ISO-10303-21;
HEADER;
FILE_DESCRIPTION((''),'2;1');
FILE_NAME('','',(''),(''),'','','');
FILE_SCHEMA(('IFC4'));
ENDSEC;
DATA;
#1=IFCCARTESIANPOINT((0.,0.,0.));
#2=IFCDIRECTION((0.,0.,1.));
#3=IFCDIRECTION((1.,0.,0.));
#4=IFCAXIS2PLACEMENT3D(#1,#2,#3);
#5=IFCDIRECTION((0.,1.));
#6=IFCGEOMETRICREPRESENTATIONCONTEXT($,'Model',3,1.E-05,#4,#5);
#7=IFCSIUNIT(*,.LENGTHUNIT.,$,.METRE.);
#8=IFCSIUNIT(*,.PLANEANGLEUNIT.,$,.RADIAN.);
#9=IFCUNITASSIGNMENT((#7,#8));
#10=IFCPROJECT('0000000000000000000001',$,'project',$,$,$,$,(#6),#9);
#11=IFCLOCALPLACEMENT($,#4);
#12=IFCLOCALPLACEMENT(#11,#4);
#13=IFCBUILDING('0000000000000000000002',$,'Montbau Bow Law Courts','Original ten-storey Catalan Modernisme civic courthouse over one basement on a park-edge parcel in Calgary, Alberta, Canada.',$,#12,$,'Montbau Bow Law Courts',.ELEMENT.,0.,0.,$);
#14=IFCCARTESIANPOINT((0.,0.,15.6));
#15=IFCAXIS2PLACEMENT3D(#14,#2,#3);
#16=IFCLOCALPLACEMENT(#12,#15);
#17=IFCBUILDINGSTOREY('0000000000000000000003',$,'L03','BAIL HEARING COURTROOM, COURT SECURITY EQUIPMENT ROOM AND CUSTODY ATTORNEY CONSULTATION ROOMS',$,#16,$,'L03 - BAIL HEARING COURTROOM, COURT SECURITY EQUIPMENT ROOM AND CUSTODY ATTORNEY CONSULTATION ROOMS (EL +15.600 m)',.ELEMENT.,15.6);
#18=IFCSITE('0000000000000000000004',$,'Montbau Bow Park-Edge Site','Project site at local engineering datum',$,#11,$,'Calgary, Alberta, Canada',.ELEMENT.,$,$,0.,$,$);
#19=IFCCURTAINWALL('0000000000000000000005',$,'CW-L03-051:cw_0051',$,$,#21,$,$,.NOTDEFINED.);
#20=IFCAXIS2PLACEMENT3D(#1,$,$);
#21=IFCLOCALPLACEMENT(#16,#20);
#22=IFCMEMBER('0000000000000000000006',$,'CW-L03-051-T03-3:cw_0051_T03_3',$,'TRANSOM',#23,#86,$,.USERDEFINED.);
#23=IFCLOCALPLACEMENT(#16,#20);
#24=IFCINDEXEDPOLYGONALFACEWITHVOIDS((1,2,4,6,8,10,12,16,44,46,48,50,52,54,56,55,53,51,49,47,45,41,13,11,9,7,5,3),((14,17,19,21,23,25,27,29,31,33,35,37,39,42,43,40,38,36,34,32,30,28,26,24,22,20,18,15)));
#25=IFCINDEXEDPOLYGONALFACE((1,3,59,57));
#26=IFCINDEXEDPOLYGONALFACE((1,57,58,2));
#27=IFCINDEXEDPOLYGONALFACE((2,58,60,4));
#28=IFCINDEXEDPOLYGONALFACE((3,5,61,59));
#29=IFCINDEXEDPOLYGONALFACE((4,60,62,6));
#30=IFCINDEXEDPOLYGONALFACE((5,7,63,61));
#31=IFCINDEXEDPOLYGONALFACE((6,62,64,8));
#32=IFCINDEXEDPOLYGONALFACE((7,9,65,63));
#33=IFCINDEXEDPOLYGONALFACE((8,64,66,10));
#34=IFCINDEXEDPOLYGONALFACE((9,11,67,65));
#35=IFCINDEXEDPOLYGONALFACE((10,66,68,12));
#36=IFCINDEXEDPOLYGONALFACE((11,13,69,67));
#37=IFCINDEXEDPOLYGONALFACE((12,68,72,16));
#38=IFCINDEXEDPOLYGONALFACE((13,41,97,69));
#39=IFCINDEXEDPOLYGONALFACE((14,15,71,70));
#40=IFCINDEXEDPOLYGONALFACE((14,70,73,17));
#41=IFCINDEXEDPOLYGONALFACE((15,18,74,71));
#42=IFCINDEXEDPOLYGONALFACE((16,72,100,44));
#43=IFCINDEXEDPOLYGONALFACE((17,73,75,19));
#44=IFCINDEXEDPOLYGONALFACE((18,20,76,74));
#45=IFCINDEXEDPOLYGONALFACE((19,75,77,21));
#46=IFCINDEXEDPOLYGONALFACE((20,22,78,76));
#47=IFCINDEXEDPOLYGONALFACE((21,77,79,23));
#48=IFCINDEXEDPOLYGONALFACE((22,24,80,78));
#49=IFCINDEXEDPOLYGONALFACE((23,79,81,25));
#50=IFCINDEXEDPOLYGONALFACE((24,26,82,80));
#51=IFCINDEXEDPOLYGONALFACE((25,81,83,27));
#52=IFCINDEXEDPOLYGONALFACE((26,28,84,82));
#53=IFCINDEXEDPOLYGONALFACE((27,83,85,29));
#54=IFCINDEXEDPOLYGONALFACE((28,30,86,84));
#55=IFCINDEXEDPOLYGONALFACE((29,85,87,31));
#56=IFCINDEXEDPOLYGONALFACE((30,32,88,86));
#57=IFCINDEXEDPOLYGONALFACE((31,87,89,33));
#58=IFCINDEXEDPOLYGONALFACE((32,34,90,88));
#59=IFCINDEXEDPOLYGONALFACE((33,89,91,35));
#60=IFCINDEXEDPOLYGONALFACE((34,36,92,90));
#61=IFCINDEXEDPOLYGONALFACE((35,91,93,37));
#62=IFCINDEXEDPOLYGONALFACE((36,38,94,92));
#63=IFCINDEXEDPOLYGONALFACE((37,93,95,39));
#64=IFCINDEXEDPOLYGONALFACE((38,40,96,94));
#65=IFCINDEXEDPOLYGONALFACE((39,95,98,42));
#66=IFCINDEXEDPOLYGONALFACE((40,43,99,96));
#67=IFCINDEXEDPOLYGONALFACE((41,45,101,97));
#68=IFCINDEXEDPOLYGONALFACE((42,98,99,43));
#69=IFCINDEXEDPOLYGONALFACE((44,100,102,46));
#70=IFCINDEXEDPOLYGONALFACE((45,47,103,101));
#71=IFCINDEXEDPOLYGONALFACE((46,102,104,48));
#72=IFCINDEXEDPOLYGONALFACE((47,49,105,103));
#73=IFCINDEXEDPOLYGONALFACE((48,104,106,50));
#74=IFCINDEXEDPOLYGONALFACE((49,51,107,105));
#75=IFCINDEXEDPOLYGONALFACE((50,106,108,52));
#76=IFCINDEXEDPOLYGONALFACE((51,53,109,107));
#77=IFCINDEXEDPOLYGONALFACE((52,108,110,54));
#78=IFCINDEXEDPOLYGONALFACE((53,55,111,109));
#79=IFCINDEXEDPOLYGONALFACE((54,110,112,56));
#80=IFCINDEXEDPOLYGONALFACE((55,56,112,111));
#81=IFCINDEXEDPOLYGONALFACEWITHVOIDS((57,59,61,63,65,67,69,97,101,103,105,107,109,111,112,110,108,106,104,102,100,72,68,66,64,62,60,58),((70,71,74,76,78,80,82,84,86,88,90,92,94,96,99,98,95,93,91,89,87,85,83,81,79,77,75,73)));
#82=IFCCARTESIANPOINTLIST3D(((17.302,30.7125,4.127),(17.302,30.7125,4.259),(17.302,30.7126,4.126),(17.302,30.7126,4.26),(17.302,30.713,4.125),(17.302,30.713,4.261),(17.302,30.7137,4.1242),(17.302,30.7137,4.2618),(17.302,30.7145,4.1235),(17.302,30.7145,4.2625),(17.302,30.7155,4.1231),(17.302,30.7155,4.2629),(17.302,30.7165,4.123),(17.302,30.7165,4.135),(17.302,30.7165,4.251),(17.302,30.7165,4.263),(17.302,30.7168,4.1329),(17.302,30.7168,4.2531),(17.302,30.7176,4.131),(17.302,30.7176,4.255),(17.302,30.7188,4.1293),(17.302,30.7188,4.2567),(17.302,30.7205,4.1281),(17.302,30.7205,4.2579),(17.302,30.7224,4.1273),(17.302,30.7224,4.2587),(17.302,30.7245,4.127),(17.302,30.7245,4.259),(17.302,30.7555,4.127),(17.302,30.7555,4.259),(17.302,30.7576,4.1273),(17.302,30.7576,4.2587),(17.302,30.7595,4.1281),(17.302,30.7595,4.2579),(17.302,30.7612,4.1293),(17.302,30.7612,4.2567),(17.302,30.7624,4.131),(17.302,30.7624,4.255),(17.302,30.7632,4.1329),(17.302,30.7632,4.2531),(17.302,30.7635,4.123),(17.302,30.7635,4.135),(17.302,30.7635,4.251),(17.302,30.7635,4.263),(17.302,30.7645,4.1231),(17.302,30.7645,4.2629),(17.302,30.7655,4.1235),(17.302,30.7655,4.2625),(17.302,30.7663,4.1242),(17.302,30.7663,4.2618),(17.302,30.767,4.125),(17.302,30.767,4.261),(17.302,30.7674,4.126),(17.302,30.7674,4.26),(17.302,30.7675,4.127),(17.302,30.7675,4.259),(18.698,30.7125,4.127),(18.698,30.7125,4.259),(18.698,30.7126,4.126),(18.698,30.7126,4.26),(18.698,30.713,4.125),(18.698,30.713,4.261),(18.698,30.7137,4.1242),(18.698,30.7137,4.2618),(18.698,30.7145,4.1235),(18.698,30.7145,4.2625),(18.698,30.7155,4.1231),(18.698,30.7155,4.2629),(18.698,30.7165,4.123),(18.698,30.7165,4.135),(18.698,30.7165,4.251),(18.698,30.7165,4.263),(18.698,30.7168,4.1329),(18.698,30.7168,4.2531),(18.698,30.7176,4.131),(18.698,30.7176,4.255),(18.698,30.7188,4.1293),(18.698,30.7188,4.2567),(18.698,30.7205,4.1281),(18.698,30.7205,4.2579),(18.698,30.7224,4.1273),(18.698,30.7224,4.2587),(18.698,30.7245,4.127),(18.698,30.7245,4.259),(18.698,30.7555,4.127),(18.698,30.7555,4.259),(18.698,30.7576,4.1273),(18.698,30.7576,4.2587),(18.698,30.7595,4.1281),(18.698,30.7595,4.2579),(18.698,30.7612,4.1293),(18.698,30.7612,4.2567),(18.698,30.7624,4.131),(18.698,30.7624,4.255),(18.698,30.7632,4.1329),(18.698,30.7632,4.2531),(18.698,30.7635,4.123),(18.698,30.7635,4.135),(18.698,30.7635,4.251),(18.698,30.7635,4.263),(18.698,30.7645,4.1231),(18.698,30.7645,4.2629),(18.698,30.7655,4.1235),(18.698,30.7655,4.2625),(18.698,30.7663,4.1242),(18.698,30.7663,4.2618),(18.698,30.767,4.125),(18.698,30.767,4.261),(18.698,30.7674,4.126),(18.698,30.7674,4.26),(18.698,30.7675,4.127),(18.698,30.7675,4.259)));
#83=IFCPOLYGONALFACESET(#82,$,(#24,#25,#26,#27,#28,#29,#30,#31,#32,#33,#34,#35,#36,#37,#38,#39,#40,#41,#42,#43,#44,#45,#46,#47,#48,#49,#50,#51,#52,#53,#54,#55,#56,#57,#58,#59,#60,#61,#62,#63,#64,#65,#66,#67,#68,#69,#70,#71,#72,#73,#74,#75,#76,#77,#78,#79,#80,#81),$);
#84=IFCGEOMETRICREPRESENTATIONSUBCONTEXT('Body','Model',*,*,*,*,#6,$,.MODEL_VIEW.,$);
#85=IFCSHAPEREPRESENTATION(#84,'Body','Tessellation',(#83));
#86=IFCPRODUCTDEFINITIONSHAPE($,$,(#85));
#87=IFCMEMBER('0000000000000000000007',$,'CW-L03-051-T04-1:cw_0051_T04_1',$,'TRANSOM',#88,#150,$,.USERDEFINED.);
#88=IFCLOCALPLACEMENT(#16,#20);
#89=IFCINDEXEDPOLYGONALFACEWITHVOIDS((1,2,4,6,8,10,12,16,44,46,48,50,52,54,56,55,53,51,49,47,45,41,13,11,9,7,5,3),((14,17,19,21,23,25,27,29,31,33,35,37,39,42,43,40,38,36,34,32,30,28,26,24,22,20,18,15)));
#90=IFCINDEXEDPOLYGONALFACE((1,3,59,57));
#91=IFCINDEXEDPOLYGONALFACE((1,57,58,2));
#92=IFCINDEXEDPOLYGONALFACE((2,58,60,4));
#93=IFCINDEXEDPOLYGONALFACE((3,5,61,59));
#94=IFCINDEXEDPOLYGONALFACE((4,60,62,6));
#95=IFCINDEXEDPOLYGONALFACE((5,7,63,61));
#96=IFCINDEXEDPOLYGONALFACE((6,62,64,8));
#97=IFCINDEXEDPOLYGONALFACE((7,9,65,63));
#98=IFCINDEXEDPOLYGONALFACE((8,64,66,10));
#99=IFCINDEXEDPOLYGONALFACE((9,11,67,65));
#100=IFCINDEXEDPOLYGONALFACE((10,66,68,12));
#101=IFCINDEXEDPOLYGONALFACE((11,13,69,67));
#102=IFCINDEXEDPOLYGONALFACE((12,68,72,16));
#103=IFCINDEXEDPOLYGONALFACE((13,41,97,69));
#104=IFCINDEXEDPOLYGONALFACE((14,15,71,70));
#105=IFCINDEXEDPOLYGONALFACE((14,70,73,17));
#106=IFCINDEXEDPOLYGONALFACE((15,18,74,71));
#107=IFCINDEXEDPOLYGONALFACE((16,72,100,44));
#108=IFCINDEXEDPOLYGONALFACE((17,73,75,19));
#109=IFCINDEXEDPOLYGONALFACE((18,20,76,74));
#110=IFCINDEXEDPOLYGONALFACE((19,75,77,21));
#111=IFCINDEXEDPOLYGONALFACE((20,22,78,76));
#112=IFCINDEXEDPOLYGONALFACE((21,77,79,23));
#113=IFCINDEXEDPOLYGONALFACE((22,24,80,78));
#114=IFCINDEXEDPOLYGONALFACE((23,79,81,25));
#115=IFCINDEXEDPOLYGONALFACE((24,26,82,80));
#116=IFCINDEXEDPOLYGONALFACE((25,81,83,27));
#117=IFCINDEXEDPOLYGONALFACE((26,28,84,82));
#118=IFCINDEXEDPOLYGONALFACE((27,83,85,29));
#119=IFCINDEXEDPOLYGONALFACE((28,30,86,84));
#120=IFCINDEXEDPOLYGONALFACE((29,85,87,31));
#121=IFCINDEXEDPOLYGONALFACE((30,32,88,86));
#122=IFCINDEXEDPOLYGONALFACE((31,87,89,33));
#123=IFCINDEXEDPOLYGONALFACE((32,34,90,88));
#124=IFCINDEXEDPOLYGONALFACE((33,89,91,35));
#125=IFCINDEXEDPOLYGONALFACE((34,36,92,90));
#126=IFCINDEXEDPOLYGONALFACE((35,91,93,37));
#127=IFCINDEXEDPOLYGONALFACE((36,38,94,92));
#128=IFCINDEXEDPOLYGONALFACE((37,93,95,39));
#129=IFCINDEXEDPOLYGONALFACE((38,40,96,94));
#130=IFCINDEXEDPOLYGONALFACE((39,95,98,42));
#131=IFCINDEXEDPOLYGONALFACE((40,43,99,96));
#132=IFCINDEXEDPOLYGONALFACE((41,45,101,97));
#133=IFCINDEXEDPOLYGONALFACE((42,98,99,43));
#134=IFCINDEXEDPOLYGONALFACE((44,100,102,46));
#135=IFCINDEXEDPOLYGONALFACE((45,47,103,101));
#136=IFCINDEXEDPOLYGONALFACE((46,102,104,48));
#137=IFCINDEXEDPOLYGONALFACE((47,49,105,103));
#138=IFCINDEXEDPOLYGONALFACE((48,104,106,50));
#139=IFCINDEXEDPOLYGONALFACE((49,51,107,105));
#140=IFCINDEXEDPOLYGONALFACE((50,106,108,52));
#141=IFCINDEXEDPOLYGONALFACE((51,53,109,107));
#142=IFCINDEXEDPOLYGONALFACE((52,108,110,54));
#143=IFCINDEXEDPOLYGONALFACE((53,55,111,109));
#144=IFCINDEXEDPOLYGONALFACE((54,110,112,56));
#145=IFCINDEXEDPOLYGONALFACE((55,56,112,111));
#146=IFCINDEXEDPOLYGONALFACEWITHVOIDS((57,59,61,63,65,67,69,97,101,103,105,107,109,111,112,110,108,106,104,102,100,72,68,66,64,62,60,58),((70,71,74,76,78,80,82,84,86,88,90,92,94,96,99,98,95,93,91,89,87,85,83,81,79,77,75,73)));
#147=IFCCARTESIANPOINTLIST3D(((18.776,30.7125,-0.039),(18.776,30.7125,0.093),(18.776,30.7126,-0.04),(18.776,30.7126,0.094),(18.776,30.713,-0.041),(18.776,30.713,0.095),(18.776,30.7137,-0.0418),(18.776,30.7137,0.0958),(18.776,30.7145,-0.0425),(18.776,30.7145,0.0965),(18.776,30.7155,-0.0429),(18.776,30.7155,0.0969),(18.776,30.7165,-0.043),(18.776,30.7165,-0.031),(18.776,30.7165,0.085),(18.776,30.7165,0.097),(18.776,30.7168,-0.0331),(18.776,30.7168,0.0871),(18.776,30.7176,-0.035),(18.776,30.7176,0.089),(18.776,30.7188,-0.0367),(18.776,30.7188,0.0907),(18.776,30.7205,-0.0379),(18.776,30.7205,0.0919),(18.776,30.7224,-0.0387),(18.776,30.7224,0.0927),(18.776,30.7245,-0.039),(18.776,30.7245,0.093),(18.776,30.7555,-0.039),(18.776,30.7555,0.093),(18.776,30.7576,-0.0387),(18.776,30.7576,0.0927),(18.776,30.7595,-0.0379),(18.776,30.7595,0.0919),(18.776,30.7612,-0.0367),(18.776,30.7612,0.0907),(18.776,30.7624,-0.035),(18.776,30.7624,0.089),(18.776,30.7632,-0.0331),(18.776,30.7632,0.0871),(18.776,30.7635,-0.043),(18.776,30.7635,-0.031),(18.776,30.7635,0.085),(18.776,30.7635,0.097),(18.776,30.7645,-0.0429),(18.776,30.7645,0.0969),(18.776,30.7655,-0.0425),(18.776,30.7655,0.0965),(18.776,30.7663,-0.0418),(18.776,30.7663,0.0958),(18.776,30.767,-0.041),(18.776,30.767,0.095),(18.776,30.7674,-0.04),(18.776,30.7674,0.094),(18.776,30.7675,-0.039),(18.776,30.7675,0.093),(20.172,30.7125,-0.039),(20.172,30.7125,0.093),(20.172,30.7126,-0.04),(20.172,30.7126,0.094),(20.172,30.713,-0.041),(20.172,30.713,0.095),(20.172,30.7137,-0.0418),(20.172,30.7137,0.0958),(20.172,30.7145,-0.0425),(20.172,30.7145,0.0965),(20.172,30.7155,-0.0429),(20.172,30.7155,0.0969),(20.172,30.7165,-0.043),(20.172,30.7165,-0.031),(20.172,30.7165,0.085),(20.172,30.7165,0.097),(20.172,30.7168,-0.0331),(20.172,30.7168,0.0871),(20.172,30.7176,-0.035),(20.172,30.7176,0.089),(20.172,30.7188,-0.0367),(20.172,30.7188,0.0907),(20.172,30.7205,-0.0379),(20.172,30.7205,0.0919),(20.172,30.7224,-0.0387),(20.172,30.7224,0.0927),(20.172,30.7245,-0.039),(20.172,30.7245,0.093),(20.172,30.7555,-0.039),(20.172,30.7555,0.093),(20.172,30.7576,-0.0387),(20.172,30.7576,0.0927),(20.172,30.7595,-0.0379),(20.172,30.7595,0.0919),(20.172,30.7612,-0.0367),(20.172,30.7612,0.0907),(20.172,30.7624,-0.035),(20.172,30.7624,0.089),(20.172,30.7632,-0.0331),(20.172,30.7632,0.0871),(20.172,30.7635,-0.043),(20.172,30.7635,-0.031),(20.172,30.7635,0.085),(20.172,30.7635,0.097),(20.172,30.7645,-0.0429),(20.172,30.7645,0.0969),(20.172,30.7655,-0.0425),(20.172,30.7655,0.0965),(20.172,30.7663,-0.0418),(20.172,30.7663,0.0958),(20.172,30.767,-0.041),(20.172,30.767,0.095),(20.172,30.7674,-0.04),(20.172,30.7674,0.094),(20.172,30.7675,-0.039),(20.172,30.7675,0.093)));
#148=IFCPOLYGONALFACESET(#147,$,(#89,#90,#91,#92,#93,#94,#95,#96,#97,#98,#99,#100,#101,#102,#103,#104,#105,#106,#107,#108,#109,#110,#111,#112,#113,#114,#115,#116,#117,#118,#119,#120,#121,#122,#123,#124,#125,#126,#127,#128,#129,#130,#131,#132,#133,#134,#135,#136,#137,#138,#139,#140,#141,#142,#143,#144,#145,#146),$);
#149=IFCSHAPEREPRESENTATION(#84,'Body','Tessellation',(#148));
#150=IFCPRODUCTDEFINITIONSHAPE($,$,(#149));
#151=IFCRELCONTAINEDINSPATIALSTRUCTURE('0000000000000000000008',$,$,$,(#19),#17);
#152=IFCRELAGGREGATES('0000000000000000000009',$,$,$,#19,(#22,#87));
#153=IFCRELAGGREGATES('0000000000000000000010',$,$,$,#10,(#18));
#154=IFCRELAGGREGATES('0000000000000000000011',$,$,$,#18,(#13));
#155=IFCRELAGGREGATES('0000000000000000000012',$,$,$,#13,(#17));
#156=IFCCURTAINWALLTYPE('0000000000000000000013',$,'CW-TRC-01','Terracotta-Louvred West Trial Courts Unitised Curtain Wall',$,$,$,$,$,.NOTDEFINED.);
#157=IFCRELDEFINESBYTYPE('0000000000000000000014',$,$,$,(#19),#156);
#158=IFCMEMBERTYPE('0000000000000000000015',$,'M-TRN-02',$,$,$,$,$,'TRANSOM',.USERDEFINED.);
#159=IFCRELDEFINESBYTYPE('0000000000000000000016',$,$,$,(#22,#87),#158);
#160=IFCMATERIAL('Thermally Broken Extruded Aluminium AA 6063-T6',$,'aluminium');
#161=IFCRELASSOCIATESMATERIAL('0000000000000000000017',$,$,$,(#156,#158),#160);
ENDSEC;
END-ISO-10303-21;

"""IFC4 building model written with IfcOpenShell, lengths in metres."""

from ifc_helpers import new_model, si_unit, direction, frame, origin_with_axes, origin_2d_with_axis, place, context, subcontext, project, spatial, hollow_rectangle, extrude, material, material_profile, profile_set, type_object, element, aggregate, save


model = new_model("IFC4")

# Units and contexts
model_context = context("Model", 3, precision=1e-05, world=origin_with_axes(), true_north=direction((0.0, 1.0)))
body_context = subcontext(model_context, "Body", "Model", "MODEL_VIEW")
ifc_project = project(units=[si_unit("LENGTHUNIT", "METRE"), si_unit("PLANEANGLEUNIT", "RADIAN")], contexts=[model_context])

# Site, building, storey
site_placement = place(None, origin_with_axes())
site = spatial("IfcSite", under=ifc_project, at=site_placement, Name="Montbau Bow Park-Edge Site", Description="Project site at local engineering datum", LongName="Calgary, Alberta, Canada", CompositionType="ELEMENT", RefElevation=0.0)
building_placement = place(site_placement, origin_with_axes())
building = spatial("IfcBuilding", under=site, at=building_placement, Name="Montbau Bow Law Courts", Description="Original ten-storey Catalan Modernisme civic courthouse over one basement on a park-edge parcel in Calgary, Alberta, Canada.", LongName="Montbau Bow Law Courts", CompositionType="ELEMENT", ElevationOfRefHeight=0.0, ElevationOfTerrain=0.0)
storey_placement = place(building_placement, frame((0.0, 0.0, 15.6), z_axis=(0.0, 0.0, 1.0), x_axis=(1.0, 0.0, 0.0)))
storey = spatial("IfcBuildingStorey", under=building, at=storey_placement, Name="L03", Description="BAIL HEARING COURTROOM, COURT SECURITY EQUIPMENT ROOM AND CUSTODY ATTORNEY CONSULTATION ROOMS", LongName="L03 - BAIL HEARING COURTROOM, COURT SECURITY EQUIPMENT ROOM AND CUSTODY ATTORNEY CONSULTATION ROOMS (EL +15.600 m)", CompositionType="ELEMENT", Elevation=15.6)

# Curtain wall
ifc_material_1 = material(Name="Thermally Broken Extruded Aluminium AA 6063-T6", Category="aluminium")
curtain_wall_type = type_object("IfcCurtainWallType", Name="CW-TRC-01", Description="Terracotta-Louvred West Trial Courts Unitised Curtain Wall", PredefinedType="NOTDEFINED", material=ifc_material_1)
curtain_wall_1_placement = place(None, frame((14.315, 30.74, 15.6), z_axis=(0.0, 0.0, 1.0), x_axis=(1.0, 0.0, 0.0)))
curtain_wall_1 = element("IfcCurtainWall", 1, at=curtain_wall_1_placement, inside=storey, type_object=curtain_wall_type, Name="CW-L03-051:cw_0051", PredefinedType="NOTDEFINED")

# Members
ifc_material_profile_1 = material_profile(ifc_material_1, hollow_rectangle(XDim=0.055, YDim=0.14, WallThickness=0.004, InnerFilletRadius=0.008, OuterFilletRadius=0.004, at=origin_2d_with_axis()), Name="CWT-140X55", Category="Main", Priority=0)
ifc_profile_set_1 = profile_set([ifc_material_profile_1], Name="Thermally Broken Extruded Aluminium AA 6063-T6")
member_type_1 = type_object("IfcMemberType", Name="M-TRN-02", ElementType="TRANSOM", PredefinedType="USERDEFINED", material=ifc_profile_set_1)
member_1_placement = place(None, frame((17.302, 30.74, 19.793), z_axis=(1.0, 0.0, 0.0), x_axis=(0.0, 1.0, 0.0)))
member_1 = element("IfcMember", 2, at=member_1_placement, type_object=member_type_1, Name="CW-L03-051-T03-3:cw_0051_T03_3", ObjectType="TRANSOM", PredefinedType="USERDEFINED", context=body_context, shape_type="SweptSolid", body=[
    extrude(hollow_rectangle(XDim=0.055, YDim=0.14, WallThickness=0.004, InnerFilletRadius=0.008, OuterFilletRadius=0.004, at=origin_2d_with_axis()), origin_with_axes(), (0.0, 0.0, 1.0), 1.396),
])
member_2_placement = place(None, frame((18.776, 30.74, 15.627), z_axis=(1.0, 0.0, 0.0), x_axis=(0.0, 1.0, 0.0)))
member_2 = element("IfcMember", 3, at=member_2_placement, type_object=member_type_1, Name="CW-L03-051-T04-1:cw_0051_T04_1", ObjectType="TRANSOM", PredefinedType="USERDEFINED", context=body_context, shape_type="SweptSolid", body=[
    extrude(hollow_rectangle(XDim=0.055, YDim=0.14, WallThickness=0.004, InnerFilletRadius=0.008, OuterFilletRadius=0.004, at=origin_2d_with_axis()), origin_with_axes(), (0.0, 0.0, 1.0), 1.396),
])

aggregate(curtain_wall_1, [member_1, member_2])

save(model, "model.ifc")
